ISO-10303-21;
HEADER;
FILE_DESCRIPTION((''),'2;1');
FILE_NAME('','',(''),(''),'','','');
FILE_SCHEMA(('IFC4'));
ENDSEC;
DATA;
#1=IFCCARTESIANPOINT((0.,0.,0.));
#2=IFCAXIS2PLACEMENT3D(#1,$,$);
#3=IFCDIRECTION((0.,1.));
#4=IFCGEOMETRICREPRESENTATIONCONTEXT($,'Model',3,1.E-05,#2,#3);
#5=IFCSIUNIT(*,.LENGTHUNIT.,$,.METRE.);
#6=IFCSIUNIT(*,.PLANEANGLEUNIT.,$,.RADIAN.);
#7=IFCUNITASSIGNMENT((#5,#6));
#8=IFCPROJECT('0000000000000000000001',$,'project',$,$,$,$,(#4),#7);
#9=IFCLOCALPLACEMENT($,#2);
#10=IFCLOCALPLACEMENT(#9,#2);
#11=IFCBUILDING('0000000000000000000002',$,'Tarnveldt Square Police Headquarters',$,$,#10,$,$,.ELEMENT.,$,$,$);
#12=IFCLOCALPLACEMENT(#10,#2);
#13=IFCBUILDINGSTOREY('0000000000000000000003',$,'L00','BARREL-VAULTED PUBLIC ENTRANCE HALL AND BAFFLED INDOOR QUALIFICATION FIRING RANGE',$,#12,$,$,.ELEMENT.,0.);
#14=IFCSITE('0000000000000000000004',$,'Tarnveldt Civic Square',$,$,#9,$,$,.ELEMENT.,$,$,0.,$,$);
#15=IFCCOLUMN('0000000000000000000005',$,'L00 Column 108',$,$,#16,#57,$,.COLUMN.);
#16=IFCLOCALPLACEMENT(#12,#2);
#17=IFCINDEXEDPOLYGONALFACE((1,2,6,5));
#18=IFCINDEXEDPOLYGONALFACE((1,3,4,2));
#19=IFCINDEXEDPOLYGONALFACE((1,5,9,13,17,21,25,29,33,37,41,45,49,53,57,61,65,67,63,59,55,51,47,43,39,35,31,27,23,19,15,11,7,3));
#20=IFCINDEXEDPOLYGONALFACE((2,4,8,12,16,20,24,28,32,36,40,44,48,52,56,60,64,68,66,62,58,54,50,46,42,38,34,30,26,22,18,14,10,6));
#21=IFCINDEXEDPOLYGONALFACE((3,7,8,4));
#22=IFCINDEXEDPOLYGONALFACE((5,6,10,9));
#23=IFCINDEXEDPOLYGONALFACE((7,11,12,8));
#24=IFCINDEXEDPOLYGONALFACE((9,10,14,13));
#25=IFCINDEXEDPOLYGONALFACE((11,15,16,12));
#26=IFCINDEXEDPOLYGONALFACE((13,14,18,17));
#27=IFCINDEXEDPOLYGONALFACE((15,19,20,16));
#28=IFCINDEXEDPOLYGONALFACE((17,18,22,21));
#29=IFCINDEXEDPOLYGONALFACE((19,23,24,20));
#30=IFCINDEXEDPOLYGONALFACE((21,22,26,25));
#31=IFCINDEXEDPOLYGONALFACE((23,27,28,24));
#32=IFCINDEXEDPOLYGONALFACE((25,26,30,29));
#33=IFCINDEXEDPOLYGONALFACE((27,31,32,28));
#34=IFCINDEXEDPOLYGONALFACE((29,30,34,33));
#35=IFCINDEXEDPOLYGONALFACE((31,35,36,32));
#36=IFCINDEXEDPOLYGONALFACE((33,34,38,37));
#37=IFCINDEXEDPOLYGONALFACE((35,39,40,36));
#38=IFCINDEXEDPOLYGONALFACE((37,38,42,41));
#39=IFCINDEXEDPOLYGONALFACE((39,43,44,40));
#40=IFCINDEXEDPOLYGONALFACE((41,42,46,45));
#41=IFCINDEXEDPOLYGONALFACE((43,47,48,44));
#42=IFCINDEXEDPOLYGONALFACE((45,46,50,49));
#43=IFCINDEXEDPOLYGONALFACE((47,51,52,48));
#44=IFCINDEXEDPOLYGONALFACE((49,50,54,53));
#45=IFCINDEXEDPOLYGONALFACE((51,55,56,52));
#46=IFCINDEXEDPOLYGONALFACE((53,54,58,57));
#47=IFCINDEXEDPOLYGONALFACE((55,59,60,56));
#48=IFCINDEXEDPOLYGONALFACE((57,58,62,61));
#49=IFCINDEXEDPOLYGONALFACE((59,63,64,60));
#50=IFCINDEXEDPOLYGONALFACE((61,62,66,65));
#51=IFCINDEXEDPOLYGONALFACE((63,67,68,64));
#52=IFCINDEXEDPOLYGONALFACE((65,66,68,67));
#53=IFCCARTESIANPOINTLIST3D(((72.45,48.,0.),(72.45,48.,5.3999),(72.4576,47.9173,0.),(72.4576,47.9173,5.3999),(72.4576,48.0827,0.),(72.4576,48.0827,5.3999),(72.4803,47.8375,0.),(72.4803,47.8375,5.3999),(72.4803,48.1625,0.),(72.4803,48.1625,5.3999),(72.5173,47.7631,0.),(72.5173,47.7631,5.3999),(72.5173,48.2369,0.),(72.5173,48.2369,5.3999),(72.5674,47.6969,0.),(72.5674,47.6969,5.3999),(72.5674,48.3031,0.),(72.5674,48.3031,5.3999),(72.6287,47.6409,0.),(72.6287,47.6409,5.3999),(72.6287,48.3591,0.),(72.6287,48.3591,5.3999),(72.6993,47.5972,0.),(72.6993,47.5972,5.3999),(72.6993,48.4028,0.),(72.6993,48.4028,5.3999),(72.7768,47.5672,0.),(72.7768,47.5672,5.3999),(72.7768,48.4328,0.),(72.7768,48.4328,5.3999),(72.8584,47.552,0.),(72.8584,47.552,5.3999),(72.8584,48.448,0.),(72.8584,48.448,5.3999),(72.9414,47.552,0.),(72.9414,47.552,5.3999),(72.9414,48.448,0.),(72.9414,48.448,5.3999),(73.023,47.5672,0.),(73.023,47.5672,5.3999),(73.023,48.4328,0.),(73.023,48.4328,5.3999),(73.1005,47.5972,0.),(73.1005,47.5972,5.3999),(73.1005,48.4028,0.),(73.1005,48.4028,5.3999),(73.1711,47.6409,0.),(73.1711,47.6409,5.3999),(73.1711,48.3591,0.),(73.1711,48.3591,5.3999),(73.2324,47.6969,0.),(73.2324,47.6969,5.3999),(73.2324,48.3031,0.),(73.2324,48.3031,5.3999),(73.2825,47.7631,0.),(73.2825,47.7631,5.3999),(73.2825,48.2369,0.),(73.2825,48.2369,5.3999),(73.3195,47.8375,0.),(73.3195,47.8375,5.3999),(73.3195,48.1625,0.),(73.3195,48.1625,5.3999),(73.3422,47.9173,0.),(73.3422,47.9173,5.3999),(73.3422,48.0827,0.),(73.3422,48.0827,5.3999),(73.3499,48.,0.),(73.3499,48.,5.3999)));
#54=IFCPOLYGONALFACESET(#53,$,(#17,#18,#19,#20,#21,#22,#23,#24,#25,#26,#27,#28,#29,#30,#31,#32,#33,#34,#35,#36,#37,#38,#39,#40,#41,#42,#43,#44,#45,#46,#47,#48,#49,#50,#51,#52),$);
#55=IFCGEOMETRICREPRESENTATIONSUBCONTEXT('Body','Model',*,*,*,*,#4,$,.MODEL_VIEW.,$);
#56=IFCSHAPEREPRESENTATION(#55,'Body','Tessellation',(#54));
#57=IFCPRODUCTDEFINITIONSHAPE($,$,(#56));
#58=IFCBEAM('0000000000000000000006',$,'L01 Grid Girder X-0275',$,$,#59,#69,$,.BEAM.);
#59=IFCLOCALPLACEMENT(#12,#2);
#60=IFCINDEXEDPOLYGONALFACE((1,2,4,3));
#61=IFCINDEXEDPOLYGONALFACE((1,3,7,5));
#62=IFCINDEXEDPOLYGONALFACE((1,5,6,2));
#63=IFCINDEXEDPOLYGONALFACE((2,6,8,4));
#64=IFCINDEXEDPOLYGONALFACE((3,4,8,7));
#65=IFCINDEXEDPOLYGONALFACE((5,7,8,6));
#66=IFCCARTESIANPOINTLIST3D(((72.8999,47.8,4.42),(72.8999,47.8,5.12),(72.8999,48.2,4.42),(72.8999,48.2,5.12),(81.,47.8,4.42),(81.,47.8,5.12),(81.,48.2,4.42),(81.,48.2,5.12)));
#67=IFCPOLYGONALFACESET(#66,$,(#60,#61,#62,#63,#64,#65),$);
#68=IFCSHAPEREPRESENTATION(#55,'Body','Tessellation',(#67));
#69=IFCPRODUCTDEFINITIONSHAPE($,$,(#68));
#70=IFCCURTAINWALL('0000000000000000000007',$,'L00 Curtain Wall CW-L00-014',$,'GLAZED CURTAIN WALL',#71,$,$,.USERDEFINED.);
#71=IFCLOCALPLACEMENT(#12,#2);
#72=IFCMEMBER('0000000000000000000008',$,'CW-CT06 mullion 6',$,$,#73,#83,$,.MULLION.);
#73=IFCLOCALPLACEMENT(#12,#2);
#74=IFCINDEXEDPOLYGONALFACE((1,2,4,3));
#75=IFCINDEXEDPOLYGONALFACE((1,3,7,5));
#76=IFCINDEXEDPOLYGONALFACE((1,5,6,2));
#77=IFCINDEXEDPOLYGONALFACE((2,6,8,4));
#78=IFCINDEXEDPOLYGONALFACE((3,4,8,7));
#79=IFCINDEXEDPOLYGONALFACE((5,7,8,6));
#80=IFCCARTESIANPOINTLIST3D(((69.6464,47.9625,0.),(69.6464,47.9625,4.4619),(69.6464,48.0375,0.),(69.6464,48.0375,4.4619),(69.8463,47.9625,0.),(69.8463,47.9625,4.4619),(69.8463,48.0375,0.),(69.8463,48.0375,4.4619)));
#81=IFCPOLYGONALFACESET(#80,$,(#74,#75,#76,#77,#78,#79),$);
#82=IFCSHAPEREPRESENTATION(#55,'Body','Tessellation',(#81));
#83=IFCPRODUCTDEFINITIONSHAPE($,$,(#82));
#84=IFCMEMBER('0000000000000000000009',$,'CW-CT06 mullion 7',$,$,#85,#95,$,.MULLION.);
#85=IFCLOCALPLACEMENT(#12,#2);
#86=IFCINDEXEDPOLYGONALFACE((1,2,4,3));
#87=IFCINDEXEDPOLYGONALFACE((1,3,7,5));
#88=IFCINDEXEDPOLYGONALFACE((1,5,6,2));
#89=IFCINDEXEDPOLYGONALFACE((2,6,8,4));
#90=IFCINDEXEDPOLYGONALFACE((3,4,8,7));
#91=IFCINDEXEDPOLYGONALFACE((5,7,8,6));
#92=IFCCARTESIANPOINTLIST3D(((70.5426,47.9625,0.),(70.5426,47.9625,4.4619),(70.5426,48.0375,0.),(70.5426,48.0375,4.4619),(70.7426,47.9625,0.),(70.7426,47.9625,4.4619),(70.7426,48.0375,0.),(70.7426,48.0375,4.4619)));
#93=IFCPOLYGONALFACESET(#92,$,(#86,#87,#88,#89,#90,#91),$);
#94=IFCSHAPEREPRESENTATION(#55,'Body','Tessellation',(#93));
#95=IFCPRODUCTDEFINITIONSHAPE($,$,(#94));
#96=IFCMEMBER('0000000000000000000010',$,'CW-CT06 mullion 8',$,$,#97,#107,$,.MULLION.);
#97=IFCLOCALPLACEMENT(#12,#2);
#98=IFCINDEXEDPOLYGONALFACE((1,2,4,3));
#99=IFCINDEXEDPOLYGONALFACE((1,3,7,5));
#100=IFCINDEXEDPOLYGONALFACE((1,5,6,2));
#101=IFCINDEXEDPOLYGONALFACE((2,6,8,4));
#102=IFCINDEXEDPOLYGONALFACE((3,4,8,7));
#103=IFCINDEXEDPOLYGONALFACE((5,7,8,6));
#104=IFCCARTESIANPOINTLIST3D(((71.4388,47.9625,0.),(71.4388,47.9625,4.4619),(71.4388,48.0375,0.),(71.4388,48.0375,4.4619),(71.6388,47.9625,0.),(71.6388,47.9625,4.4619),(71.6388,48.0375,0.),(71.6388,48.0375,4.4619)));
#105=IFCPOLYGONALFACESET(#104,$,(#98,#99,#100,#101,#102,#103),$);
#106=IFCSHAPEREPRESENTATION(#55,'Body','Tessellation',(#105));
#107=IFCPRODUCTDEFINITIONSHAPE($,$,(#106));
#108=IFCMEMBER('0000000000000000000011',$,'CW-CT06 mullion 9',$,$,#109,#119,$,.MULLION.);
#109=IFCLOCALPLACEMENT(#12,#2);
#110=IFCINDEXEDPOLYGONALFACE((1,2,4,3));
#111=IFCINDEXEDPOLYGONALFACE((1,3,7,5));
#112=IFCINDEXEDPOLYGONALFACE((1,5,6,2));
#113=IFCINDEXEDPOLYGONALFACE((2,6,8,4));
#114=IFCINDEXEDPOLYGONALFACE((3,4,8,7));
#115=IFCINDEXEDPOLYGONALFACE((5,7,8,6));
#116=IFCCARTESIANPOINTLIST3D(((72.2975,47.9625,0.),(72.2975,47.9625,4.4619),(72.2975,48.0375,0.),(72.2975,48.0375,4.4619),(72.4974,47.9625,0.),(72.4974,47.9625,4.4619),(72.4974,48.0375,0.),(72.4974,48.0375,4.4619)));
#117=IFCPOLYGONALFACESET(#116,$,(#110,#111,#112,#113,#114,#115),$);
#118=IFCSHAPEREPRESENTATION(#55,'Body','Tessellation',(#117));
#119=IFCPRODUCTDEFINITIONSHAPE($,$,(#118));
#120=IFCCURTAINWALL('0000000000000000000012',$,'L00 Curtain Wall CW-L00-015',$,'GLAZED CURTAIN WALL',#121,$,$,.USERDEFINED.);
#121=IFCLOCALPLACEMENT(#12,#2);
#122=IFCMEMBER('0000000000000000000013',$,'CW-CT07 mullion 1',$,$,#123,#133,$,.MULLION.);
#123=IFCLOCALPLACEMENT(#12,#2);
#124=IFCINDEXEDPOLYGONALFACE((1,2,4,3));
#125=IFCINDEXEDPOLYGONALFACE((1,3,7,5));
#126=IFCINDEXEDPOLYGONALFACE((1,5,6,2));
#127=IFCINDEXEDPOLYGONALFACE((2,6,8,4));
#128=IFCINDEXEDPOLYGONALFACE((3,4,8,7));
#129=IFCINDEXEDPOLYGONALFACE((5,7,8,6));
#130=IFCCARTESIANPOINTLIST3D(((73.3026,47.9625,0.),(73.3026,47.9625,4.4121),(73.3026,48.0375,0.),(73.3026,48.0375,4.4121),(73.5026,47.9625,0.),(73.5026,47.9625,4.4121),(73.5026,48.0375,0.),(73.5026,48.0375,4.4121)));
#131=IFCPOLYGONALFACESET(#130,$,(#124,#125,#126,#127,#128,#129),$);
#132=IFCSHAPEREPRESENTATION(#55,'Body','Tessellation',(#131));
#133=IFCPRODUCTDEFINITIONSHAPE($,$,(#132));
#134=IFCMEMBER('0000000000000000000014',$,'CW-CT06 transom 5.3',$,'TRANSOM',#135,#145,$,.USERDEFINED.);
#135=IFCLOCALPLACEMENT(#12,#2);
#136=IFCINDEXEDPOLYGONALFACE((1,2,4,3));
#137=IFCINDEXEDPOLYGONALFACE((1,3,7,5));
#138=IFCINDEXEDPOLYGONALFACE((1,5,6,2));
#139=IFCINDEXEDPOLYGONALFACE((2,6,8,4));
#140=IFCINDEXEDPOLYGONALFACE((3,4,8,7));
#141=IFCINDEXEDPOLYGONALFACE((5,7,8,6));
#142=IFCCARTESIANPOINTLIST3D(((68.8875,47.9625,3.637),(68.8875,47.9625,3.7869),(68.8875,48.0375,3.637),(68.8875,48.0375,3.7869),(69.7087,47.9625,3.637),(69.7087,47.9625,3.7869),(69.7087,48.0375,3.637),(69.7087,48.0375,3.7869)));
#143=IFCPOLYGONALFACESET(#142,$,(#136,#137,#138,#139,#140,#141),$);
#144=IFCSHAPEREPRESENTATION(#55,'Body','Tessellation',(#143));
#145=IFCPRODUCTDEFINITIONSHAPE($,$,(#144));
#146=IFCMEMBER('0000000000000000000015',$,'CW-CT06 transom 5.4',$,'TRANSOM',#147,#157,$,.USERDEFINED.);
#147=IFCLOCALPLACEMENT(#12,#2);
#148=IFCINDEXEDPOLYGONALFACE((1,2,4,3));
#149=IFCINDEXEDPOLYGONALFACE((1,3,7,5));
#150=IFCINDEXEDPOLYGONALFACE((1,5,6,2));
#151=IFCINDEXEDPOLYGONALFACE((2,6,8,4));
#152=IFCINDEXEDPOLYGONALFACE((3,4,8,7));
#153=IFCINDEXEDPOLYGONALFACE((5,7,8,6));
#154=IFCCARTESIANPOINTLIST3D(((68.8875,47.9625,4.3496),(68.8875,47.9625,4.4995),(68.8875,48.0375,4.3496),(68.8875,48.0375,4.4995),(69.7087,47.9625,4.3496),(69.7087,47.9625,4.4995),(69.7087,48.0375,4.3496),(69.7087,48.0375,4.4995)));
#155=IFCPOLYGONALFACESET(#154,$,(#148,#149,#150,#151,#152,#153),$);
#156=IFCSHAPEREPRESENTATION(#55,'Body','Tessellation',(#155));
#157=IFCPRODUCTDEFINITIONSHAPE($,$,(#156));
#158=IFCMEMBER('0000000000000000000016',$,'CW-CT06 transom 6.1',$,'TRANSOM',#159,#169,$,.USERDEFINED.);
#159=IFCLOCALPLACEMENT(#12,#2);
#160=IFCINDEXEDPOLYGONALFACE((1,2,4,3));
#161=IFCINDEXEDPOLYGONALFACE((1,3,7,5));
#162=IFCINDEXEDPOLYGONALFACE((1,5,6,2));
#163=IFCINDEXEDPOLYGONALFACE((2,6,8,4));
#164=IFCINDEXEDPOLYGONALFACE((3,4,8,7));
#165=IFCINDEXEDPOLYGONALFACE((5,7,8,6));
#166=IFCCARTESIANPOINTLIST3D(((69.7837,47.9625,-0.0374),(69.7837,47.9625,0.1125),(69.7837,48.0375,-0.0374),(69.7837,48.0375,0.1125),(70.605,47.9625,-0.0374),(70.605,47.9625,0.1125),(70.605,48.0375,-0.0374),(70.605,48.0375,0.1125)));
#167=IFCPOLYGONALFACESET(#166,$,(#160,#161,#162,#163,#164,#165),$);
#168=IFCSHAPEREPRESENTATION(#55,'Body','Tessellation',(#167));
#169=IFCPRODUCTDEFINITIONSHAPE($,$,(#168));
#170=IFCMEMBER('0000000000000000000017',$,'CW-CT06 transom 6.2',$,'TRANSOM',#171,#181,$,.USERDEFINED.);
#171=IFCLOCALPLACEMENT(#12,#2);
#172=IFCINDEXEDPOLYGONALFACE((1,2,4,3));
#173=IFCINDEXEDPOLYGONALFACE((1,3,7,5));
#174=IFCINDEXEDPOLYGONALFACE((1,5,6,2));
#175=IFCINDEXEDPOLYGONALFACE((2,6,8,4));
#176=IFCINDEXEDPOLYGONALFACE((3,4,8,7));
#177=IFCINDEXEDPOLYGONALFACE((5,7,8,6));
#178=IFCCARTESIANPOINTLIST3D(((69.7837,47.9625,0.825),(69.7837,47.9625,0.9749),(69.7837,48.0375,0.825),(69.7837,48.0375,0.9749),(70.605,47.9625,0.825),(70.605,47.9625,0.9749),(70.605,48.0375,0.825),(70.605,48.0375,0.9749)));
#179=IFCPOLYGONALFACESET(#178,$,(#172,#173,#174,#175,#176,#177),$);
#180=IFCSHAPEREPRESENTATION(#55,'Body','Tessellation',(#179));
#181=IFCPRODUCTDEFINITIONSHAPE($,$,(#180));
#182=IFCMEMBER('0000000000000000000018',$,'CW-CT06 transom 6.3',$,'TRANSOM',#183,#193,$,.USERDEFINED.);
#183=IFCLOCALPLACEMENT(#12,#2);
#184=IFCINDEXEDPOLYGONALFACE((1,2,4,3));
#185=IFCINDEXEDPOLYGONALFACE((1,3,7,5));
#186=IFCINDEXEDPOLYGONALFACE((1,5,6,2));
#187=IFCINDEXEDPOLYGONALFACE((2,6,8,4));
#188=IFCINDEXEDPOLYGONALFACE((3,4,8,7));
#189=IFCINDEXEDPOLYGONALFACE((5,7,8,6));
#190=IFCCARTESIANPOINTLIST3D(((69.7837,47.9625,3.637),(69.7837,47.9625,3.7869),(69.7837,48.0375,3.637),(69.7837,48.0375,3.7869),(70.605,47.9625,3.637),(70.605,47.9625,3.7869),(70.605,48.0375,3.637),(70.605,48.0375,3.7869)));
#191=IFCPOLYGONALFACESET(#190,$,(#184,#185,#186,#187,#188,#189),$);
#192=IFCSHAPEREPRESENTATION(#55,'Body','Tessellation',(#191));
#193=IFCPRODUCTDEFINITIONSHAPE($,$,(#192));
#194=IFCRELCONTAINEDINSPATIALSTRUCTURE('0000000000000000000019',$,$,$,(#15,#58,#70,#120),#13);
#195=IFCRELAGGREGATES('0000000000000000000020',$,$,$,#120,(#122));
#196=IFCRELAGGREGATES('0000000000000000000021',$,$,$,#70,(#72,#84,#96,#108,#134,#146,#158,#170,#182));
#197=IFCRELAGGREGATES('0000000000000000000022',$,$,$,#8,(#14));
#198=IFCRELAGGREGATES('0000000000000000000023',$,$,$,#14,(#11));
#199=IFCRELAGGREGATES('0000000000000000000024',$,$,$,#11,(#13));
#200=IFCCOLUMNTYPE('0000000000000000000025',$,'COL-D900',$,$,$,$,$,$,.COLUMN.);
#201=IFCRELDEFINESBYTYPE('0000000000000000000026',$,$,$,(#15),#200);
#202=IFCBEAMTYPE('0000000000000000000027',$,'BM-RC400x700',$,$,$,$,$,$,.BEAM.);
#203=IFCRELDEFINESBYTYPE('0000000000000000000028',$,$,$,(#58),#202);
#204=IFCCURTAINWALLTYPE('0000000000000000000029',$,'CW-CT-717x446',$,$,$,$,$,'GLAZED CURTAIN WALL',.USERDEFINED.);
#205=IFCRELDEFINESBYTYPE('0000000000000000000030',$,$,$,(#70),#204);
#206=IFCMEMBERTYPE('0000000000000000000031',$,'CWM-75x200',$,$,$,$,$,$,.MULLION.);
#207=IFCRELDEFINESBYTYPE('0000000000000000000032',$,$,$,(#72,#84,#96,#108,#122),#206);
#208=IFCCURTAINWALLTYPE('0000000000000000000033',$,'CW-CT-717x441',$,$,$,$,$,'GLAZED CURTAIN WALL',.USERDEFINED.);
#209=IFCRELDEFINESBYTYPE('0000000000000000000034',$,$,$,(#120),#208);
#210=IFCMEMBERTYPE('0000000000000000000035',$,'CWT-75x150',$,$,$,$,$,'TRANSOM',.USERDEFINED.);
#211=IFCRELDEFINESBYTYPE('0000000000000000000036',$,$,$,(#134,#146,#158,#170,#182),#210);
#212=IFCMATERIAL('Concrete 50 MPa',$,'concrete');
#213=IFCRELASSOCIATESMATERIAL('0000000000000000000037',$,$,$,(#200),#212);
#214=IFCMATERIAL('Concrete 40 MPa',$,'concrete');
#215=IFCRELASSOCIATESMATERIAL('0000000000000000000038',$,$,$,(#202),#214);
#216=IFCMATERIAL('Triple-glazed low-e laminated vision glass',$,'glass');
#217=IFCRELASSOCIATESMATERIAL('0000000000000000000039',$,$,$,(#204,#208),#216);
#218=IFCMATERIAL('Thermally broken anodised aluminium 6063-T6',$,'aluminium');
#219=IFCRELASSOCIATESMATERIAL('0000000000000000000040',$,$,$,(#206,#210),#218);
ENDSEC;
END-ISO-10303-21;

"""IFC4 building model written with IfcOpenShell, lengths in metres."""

from ifc_helpers import new_model, si_unit, direction, frame, origin, origin_2d, place, context, subcontext, project, spatial, rectangle, circle, extrude, material, material_profile, profile_set, type_object, element, aggregate, save


model = new_model("IFC4")

# Units and contexts
model_context = context("Model", 3, precision=1e-05, world=origin(), true_north=direction((0.0, 1.0)))
body_context = subcontext(model_context, "Body", "Model", "MODEL_VIEW")
ifc_project = project(units=[si_unit("LENGTHUNIT", "METRE"), si_unit("PLANEANGLEUNIT", "RADIAN")], contexts=[model_context])

# Site, building, storey
site_placement = place(None, origin())
site = spatial("IfcSite", under=ifc_project, at=site_placement, Name="Tarnveldt Civic Square", CompositionType="ELEMENT", RefElevation=0.0)
building_placement = place(site_placement, origin())
building = spatial("IfcBuilding", under=site, at=building_placement, Name="Tarnveldt Square Police Headquarters", CompositionType="ELEMENT")
storey_placement = place(building_placement, origin())
storey = spatial("IfcBuildingStorey", under=building, at=storey_placement, Name="L00", Description="BARREL-VAULTED PUBLIC ENTRANCE HALL AND BAFFLED INDOOR QUALIFICATION FIRING RANGE", CompositionType="ELEMENT", Elevation=0.0)

# Column
ifc_material_1 = material(Name="Concrete 50 MPa", Category="concrete")
ifc_material_profile_1 = material_profile(ifc_material_1, circle(Radius=0.45, at=origin_2d()), Name="RC-D900")
ifc_profile_set_1 = profile_set([ifc_material_profile_1], Name="Concrete 50 MPa")
column_type = type_object("IfcColumnType", Name="COL-D900", PredefinedType="COLUMN", material=ifc_profile_set_1)
column_placement = place(storey_placement, frame((72.8999, 48.0, 0.0), z_axis=(0.0, 0.0, 1.0), x_axis=(1.0, 0.0, 0.0)))
element("IfcColumn", 1, at=column_placement, inside=storey, type_object=column_type, Name="L00 Column 108", PredefinedType="COLUMN", context=body_context, shape_type="SweptSolid", body=[
    extrude(circle(Radius=0.45, at=origin_2d()), origin(), (0.0, 0.0, 1.0), 5.3999),
])

# Beam
ifc_material_2 = material(Name="Concrete 40 MPa", Category="concrete")
ifc_material_profile_2 = material_profile(ifc_material_2, rectangle(XDim=0.3999, YDim=0.7, at=origin_2d()), Name="RC-B400x700")
ifc_profile_set_2 = profile_set([ifc_material_profile_2], Name="Concrete 40 MPa")
beam_type = type_object("IfcBeamType", Name="BM-RC400x700", PredefinedType="BEAM", material=ifc_profile_set_2)
beam_placement = place(storey_placement, frame((72.8999, 48.0, 4.77), z_axis=(1.0, 0.0, 0.0), x_axis=(0.0, 1.0, 0.0)))
element("IfcBeam", 2, at=beam_placement, inside=storey, type_object=beam_type, Name="L01 Grid Girder X-0275", PredefinedType="BEAM", context=body_context, shape_type="SweptSolid", body=[
    extrude(rectangle(XDim=0.3999, YDim=0.7, at=origin_2d()), origin(), (0.0, 0.0, 1.0), 8.1001),
])

# Curtain wall, members
ifc_material_3 = material(Name="Triple-glazed low-e laminated vision glass", Category="glass")
curtain_wall_type_1 = type_object("IfcCurtainWallType", Name="CW-CT-717x446", ElementType="GLAZED CURTAIN WALL", PredefinedType="USERDEFINED", material=ifc_material_3)
curtain_wall_1_placement = place(storey_placement, origin())
curtain_wall_1 = element("IfcCurtainWall", 3, at=curtain_wall_1_placement, inside=storey, type_object=curtain_wall_type_1, Name="L00 Curtain Wall CW-L00-014", ObjectType="GLAZED CURTAIN WALL", PredefinedType="USERDEFINED")
ifc_material_4 = material(Name="Thermally broken anodised aluminium 6063-T6", Category="aluminium")
ifc_material_profile_3 = material_profile(ifc_material_4, rectangle(XDim=0.075, YDim=0.2, at=origin_2d()), Name="CW-M75x200")
ifc_profile_set_3 = profile_set([ifc_material_profile_3], Name="Thermally broken anodised aluminium 6063-T6")
member_type_1 = type_object("IfcMemberType", Name="CWM-75x200", PredefinedType="MULLION", material=ifc_profile_set_3)
member_1_placement = place(storey_placement, frame((69.7463, 48.0, 0.0), z_axis=(0.0, 0.0, 1.0), x_axis=(0.0, 1.0, 0.0)))
member_1 = element("IfcMember", 4, at=member_1_placement, type_object=member_type_1, Name="CW-CT06 mullion 6", PredefinedType="MULLION", context=body_context, shape_type="SweptSolid", body=[
    extrude(rectangle(XDim=0.075, YDim=0.2, at=origin_2d()), origin(), (0.0, 0.0, 1.0), 4.4619),
])
member_2_placement = place(storey_placement, frame((70.6426, 48.0, 0.0), z_axis=(0.0, 0.0, 1.0), x_axis=(0.0, 1.0, 0.0)))
member_2 = element("IfcMember", 5, at=member_2_placement, type_object=member_type_1, Name="CW-CT06 mullion 7", PredefinedType="MULLION", context=body_context, shape_type="SweptSolid", body=[
    extrude(rectangle(XDim=0.075, YDim=0.2, at=origin_2d()), origin(), (0.0, 0.0, 1.0), 4.4619),
])
member_3_placement = place(storey_placement, frame((71.5388, 48.0, 0.0), z_axis=(0.0, 0.0, 1.0), x_axis=(0.0, 1.0, 0.0)))
member_3 = element("IfcMember", 6, at=member_3_placement, type_object=member_type_1, Name="CW-CT06 mullion 8", PredefinedType="MULLION", context=body_context, shape_type="SweptSolid", body=[
    extrude(rectangle(XDim=0.075, YDim=0.2, at=origin_2d()), origin(), (0.0, 0.0, 1.0), 4.4619),
])
member_4_placement = place(storey_placement, frame((72.3975, 48.0, 0.0), z_axis=(0.0, 0.0, 1.0), x_axis=(0.0, 1.0, 0.0)))
member_4 = element("IfcMember", 7, at=member_4_placement, type_object=member_type_1, Name="CW-CT06 mullion 9", PredefinedType="MULLION", context=body_context, shape_type="SweptSolid", body=[
    extrude(rectangle(XDim=0.075, YDim=0.2, at=origin_2d()), origin(), (0.0, 0.0, 1.0), 4.4619),
])

# Curtain wall, member
curtain_wall_type_2 = type_object("IfcCurtainWallType", Name="CW-CT-717x441", ElementType="GLAZED CURTAIN WALL", PredefinedType="USERDEFINED", material=ifc_material_3)
curtain_wall_2_placement = place(storey_placement, origin())
curtain_wall_2 = element("IfcCurtainWall", 8, at=curtain_wall_2_placement, inside=storey, type_object=curtain_wall_type_2, Name="L00 Curtain Wall CW-L00-015", ObjectType="GLAZED CURTAIN WALL", PredefinedType="USERDEFINED")
member_5_placement = place(storey_placement, frame((73.4026, 48.0, 0.0), z_axis=(0.0, 0.0, 1.0), x_axis=(0.0, 1.0, 0.0)))
member_5 = element("IfcMember", 9, at=member_5_placement, type_object=member_type_1, Name="CW-CT07 mullion 1", PredefinedType="MULLION", context=body_context, shape_type="SweptSolid", body=[
    extrude(rectangle(XDim=0.075, YDim=0.2, at=origin_2d()), origin(), (0.0, 0.0, 1.0), 4.4121),
])
aggregate(curtain_wall_2, [member_5])

# Members
ifc_material_profile_4 = material_profile(ifc_material_4, rectangle(XDim=0.075, YDim=0.1499, at=origin_2d()), Name="CW-T75x150")
ifc_profile_set_4 = profile_set([ifc_material_profile_4], Name="Thermally broken anodised aluminium 6063-T6")
member_type_2 = type_object("IfcMemberType", Name="CWT-75x150", ElementType="TRANSOM", PredefinedType="USERDEFINED", material=ifc_profile_set_4)
member_6_placement = place(storey_placement, frame((68.8875, 48.0, 3.7119), z_axis=(1.0, 0.0, 0.0), x_axis=(0.0, 1.0, 0.0)))
member_6 = element("IfcMember", 10, at=member_6_placement, type_object=member_type_2, Name="CW-CT06 transom 5.3", ObjectType="TRANSOM", PredefinedType="USERDEFINED", context=body_context, shape_type="SweptSolid", body=[
    extrude(rectangle(XDim=0.075, YDim=0.1499, at=origin_2d()), origin(), (0.0, 0.0, 1.0), 0.8213),
])
member_7_placement = place(storey_placement, frame((68.8875, 48.0, 4.4246), z_axis=(1.0, 0.0, 0.0), x_axis=(0.0, 1.0, 0.0)))
member_7 = element("IfcMember", 11, at=member_7_placement, type_object=member_type_2, Name="CW-CT06 transom 5.4", ObjectType="TRANSOM", PredefinedType="USERDEFINED", context=body_context, shape_type="SweptSolid", body=[
    extrude(rectangle(XDim=0.075, YDim=0.1499, at=origin_2d()), origin(), (0.0, 0.0, 1.0), 0.8213),
])
member_8_placement = place(storey_placement, frame((69.7837, 48.0, 0.0376), z_axis=(1.0, 0.0, 0.0), x_axis=(0.0, 1.0, 0.0)))
member_8 = element("IfcMember", 12, at=member_8_placement, type_object=member_type_2, Name="CW-CT06 transom 6.1", ObjectType="TRANSOM", PredefinedType="USERDEFINED", context=body_context, shape_type="SweptSolid", body=[
    extrude(rectangle(XDim=0.075, YDim=0.1499, at=origin_2d()), origin(), (0.0, 0.0, 1.0), 0.8213),
])
member_9_placement = place(storey_placement, frame((69.7837, 48.0, 0.8999), z_axis=(1.0, 0.0, 0.0), x_axis=(0.0, 1.0, 0.0)))
member_9 = element("IfcMember", 13, at=member_9_placement, type_object=member_type_2, Name="CW-CT06 transom 6.2", ObjectType="TRANSOM", PredefinedType="USERDEFINED", context=body_context, shape_type="SweptSolid", body=[
    extrude(rectangle(XDim=0.075, YDim=0.1499, at=origin_2d()), origin(), (0.0, 0.0, 1.0), 0.8213),
])
member_10_placement = place(storey_placement, frame((69.7837, 48.0, 3.7119), z_axis=(1.0, 0.0, 0.0), x_axis=(0.0, 1.0, 0.0)))
member_10 = element("IfcMember", 14, at=member_10_placement, type_object=member_type_2, Name="CW-CT06 transom 6.3", ObjectType="TRANSOM", PredefinedType="USERDEFINED", context=body_context, shape_type="SweptSolid", body=[
    extrude(rectangle(XDim=0.075, YDim=0.1499, at=origin_2d()), origin(), (0.0, 0.0, 1.0), 0.8213),
])

aggregate(curtain_wall_1, [member_1, member_2, member_3, member_4, member_6, member_7, member_8, member_9, member_10])

save(model, "model.ifc")
